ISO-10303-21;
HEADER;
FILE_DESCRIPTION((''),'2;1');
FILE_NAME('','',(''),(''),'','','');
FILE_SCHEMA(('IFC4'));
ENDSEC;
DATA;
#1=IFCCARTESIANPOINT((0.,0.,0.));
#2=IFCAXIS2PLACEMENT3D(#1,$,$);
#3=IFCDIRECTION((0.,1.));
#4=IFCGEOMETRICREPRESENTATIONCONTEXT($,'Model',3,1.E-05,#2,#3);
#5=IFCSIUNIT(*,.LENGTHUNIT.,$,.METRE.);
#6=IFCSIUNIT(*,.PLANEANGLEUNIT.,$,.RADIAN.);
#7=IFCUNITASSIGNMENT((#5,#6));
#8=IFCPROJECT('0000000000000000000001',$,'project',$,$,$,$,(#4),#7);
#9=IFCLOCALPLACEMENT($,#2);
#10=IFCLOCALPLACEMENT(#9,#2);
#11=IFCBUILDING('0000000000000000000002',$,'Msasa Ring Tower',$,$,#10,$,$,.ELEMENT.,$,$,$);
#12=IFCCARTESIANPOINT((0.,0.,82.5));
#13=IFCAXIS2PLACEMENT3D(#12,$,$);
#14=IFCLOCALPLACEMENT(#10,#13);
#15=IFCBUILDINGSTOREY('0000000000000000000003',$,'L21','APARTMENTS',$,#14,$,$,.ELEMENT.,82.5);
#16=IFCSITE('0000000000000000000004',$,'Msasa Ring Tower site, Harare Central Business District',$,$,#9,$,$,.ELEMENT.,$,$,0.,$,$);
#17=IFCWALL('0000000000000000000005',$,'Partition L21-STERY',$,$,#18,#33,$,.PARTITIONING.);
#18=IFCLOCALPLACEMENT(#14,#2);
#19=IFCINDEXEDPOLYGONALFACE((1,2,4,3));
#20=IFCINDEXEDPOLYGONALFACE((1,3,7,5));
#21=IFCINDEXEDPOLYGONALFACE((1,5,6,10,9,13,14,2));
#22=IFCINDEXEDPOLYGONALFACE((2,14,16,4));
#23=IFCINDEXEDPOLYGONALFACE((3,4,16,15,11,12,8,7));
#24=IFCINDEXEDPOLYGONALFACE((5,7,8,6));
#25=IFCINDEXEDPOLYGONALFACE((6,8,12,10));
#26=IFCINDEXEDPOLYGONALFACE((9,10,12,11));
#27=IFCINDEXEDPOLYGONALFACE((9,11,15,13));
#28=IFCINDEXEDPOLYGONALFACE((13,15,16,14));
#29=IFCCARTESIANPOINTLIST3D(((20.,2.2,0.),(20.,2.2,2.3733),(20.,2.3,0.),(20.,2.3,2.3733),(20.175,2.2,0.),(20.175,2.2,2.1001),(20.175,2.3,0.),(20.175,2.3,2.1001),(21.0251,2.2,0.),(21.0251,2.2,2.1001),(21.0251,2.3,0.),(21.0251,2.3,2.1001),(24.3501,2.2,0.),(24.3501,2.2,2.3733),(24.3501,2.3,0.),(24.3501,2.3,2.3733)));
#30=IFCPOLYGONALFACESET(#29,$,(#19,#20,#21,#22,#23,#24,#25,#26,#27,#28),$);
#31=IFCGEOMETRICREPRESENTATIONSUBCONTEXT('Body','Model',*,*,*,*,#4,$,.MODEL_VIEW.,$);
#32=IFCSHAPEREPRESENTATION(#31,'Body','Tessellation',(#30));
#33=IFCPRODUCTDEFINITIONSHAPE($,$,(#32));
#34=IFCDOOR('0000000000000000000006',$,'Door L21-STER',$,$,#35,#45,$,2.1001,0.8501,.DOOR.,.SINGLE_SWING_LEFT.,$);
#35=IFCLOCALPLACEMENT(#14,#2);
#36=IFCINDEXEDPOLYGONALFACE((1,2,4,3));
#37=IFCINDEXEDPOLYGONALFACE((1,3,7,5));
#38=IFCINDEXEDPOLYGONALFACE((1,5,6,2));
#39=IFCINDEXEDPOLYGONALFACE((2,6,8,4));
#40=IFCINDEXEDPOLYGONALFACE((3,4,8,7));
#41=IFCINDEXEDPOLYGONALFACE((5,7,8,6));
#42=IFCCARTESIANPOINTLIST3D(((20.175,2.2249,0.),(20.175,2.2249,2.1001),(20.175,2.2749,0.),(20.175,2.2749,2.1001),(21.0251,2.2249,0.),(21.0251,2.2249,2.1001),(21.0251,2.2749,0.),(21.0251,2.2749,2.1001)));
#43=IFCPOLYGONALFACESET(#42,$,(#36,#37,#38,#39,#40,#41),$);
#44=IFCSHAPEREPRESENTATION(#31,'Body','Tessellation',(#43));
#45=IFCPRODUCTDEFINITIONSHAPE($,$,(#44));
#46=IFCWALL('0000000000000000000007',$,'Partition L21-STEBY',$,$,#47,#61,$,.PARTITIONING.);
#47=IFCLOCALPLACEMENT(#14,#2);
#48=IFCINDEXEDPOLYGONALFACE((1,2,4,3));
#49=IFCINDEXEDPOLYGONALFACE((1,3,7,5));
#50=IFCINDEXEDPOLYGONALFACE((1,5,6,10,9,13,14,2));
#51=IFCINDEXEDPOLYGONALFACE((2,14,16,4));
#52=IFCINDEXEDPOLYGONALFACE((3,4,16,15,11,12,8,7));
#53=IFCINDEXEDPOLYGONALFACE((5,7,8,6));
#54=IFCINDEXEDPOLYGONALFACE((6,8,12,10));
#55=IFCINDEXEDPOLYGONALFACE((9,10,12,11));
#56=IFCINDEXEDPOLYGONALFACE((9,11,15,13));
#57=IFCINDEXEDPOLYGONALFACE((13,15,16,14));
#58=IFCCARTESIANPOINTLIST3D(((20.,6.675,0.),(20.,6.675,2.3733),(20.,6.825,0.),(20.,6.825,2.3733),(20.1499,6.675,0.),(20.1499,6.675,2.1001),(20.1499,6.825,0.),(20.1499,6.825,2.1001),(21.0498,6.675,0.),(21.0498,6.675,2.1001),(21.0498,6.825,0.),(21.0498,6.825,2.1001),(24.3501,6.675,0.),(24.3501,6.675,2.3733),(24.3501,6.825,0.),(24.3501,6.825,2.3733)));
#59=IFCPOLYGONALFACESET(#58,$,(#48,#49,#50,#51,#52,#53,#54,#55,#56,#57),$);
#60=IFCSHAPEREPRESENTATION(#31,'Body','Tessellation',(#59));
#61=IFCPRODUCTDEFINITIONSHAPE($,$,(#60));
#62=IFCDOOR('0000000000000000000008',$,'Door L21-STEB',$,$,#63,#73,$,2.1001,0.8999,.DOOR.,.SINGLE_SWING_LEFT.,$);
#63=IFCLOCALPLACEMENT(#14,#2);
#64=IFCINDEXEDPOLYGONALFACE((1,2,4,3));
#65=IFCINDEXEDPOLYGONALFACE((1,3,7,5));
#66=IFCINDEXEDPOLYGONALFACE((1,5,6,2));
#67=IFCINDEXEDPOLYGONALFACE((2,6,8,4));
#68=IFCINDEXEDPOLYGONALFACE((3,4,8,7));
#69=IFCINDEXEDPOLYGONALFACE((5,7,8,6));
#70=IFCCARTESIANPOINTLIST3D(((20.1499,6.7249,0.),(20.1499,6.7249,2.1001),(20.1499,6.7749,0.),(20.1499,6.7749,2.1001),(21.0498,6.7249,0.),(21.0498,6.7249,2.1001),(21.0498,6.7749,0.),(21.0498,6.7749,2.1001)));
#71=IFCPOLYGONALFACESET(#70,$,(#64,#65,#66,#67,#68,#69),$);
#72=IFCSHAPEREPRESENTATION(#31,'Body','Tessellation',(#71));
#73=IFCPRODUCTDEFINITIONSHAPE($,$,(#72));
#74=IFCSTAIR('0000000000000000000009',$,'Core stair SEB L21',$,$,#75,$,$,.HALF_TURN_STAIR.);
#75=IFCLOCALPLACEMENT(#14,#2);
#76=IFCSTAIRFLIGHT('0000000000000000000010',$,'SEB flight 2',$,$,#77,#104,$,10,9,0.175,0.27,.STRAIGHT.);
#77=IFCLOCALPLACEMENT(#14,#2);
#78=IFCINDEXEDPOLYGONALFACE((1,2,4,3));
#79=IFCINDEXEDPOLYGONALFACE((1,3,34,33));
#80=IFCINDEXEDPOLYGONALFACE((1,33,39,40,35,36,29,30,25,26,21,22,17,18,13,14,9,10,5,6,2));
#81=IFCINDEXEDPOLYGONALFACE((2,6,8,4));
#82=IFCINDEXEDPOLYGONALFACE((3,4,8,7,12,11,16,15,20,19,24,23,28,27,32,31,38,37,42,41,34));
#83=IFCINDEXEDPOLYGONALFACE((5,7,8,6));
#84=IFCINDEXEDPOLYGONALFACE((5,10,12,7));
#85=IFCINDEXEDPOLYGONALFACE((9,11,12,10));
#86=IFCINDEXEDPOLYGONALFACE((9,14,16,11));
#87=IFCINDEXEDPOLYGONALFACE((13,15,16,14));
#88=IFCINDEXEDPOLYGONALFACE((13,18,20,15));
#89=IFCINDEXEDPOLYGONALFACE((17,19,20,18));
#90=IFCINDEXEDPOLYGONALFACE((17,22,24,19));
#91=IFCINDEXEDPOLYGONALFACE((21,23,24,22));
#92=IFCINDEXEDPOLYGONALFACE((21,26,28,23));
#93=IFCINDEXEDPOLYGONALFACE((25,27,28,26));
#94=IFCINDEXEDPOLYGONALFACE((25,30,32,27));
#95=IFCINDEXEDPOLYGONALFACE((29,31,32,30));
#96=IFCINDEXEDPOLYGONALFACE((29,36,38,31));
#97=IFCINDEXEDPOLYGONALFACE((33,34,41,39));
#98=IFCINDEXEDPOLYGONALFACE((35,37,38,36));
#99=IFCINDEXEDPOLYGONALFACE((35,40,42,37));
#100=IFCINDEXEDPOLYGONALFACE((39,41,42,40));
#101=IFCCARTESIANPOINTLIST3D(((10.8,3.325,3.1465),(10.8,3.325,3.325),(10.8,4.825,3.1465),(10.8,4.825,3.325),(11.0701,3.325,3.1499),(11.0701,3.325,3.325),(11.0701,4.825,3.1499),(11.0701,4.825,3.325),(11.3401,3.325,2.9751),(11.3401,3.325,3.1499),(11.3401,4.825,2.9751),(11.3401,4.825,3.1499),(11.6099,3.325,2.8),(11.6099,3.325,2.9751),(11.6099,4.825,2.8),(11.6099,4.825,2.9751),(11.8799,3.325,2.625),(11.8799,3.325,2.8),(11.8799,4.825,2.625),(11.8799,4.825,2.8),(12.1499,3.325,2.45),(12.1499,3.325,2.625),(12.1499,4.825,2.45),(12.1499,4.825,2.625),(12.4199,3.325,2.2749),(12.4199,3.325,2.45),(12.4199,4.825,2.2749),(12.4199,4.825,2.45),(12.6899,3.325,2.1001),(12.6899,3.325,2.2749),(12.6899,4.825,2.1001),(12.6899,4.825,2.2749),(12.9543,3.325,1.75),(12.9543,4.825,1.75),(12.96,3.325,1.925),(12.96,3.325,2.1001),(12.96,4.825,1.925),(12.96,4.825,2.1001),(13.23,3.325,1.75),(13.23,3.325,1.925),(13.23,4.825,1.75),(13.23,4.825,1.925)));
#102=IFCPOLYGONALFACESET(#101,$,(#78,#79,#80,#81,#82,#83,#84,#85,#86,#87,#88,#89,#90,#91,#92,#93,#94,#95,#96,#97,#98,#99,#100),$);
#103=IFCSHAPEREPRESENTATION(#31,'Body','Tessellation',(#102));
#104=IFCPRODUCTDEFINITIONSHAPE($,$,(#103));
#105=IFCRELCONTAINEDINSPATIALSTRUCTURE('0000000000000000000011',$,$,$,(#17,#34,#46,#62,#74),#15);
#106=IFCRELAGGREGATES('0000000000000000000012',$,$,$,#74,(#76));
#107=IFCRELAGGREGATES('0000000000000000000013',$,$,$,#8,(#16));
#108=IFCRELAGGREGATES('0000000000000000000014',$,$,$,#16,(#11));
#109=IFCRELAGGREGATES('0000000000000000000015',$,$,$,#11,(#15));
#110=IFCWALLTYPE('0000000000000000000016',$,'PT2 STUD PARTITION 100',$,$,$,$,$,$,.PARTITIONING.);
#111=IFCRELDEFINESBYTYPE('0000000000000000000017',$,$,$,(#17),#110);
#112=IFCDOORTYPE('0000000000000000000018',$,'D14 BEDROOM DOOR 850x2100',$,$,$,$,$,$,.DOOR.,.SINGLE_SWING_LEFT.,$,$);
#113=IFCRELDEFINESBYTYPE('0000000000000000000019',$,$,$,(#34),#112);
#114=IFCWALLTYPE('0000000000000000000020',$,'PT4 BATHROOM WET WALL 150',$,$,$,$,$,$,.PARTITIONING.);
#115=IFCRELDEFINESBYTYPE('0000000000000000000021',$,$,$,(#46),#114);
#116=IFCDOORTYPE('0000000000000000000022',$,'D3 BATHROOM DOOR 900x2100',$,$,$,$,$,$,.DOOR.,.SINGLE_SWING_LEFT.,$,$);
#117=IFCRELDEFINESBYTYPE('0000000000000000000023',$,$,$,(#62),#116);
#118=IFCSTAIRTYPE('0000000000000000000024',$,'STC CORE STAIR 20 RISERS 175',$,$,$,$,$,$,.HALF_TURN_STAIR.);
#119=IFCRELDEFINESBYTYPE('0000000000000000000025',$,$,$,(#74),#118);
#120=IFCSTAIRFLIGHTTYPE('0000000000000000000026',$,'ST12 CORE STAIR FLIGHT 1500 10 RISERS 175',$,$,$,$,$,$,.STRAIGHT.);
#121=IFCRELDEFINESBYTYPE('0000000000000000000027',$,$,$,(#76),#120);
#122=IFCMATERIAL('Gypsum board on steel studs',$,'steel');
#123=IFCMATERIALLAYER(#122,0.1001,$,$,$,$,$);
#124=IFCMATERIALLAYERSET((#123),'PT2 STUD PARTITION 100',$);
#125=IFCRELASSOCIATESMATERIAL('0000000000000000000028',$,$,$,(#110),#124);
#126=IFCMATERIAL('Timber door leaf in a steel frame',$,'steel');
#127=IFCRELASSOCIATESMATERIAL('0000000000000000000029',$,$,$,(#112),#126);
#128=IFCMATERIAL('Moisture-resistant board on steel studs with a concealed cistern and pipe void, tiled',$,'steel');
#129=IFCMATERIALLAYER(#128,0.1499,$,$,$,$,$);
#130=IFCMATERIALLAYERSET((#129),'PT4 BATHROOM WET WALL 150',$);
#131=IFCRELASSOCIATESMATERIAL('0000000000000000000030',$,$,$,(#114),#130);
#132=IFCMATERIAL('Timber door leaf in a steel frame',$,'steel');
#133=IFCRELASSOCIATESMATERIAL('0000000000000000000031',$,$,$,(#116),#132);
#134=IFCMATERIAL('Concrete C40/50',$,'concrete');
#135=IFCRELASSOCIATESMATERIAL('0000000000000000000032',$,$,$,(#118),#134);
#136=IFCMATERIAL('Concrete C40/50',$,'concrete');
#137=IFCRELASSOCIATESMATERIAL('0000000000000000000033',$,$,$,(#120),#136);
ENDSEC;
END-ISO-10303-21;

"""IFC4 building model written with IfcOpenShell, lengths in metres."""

from ifc_helpers import new_model, si_unit, direction, frame, frame_2d, origin, place, context, subcontext, project, spatial, polyline, rectangle, outline, extrude, material, layer, layer_set, type_object, element, fill, aggregate, save


model = new_model("IFC4")

# Units and contexts
model_context = context("Model", 3, precision=1e-05, world=origin(), true_north=direction((0.0, 1.0)))
body_context = subcontext(model_context, "Body", "Model", "MODEL_VIEW")
ifc_project = project(units=[si_unit("LENGTHUNIT", "METRE"), si_unit("PLANEANGLEUNIT", "RADIAN")], contexts=[model_context])

# Site, building, storey
site_placement = place(None, origin())
site = spatial("IfcSite", under=ifc_project, at=site_placement, Name="Msasa Ring Tower site, Harare Central Business District", CompositionType="ELEMENT", RefElevation=0.0)
building_placement = place(site_placement, origin())
building = spatial("IfcBuilding", under=site, at=building_placement, Name="Msasa Ring Tower", CompositionType="ELEMENT")
storey_placement = place(building_placement, frame((0.0, 0.0, 82.5)))
storey = spatial("IfcBuildingStorey", under=building, at=storey_placement, Name="L21", Description="APARTMENTS", CompositionType="ELEMENT", Elevation=82.5)

# Walls, openings, doors
ifc_material_1 = material(Name="Gypsum board on steel studs", Category="steel")
ifc_layer_1 = layer(ifc_material_1, 0.1001)
ifc_layer_set_1 = layer_set([ifc_layer_1], Name="PT2 STUD PARTITION 100")
wall_type_1 = type_object("IfcWallType", Name="PT2 STUD PARTITION 100", PredefinedType="PARTITIONING", material=ifc_layer_set_1)
wall_1_placement = place(storey_placement, frame((20.0, 2.25, 0.0), z_axis=(0.0, 0.0, 1.0), x_axis=(1.0, 0.0, 0.0)))
wall_1 = element("IfcWall", 1, at=wall_1_placement, inside=storey, type_object=wall_type_1, Name="Partition L21-STERY", PredefinedType="PARTITIONING", context=body_context, shape_type="SweptSolid", body=[
    extrude(rectangle(XDim=4.3501, YDim=0.1001, at=frame_2d((2.175, 0.0))), origin(), (0.0, 0.0, 1.0), 2.3733),
])
opening_1_placement = place(wall_1_placement, frame((0.175, 0.0, 0.0)))
opening_1 = element("IfcOpeningElement", 2, at=opening_1_placement, cuts=wall_1, PredefinedType="OPENING", context=body_context, shape_type="SweptSolid", body=[
    extrude(rectangle(XDim=0.8501, YDim=2.1001, at=frame_2d((0.425, 1.05))), frame((0.0, 0.0601, 0.0), z_axis=(0.0, -1.0, 0.0), x_axis=(1.0, 0.0, 0.0)), (0.0, 0.0, 1.0), 0.1201),
])
ifc_material_2 = material(Name="Timber door leaf in a steel frame", Category="steel")
door_type_1 = type_object("IfcDoorType", Name="D14 BEDROOM DOOR 850x2100", OperationType="SINGLE_SWING_LEFT", PredefinedType="DOOR", material=ifc_material_2)
door_1_placement = place(opening_1_placement, origin())
door_1 = element("IfcDoor", 3, at=door_1_placement, inside=storey, type_object=door_type_1, Name="Door L21-STER", OperationType="SINGLE_SWING_LEFT", OverallHeight=2.1001, OverallWidth=0.8501, PredefinedType="DOOR", context=body_context, shape_type="SweptSolid", body=[
    extrude(rectangle(XDim=0.8501, YDim=2.1001, at=frame_2d((0.425, 1.05))), frame((0.0, 0.0249, 0.0), z_axis=(0.0, -1.0, 0.0), x_axis=(1.0, 0.0, 0.0)), (0.0, 0.0, 1.0), 0.05),
])
fill(opening_1, door_1)
ifc_material_3 = material(Name="Moisture-resistant board on steel studs with a concealed cistern and pipe void, tiled", Category="steel")
ifc_layer_2 = layer(ifc_material_3, 0.1499)
ifc_layer_set_2 = layer_set([ifc_layer_2], Name="PT4 BATHROOM WET WALL 150")
wall_type_2 = type_object("IfcWallType", Name="PT4 BATHROOM WET WALL 150", PredefinedType="PARTITIONING", material=ifc_layer_set_2)
wall_2_placement = place(storey_placement, frame((20.0, 6.75, 0.0), z_axis=(0.0, 0.0, 1.0), x_axis=(1.0, 0.0, 0.0)))
wall_2 = element("IfcWall", 4, at=wall_2_placement, inside=storey, type_object=wall_type_2, Name="Partition L21-STEBY", PredefinedType="PARTITIONING", context=body_context, shape_type="SweptSolid", body=[
    extrude(rectangle(XDim=4.3501, YDim=0.1499, at=frame_2d((2.175, 0.0))), origin(), (0.0, 0.0, 1.0), 2.3733),
])
opening_2_placement = place(wall_2_placement, frame((0.1499, 0.0, 0.0)))
opening_2 = element("IfcOpeningElement", 5, at=opening_2_placement, cuts=wall_2, PredefinedType="OPENING", context=body_context, shape_type="SweptSolid", body=[
    extrude(rectangle(XDim=0.8999, YDim=2.1001, at=frame_2d((0.45, 1.05))), frame((0.0, 0.085, 0.0), z_axis=(0.0, -1.0, 0.0), x_axis=(1.0, 0.0, 0.0)), (0.0, 0.0, 1.0), 0.1699),
])
ifc_material_4 = material(Name="Timber door leaf in a steel frame", Category="steel")
door_type_2 = type_object("IfcDoorType", Name="D3 BATHROOM DOOR 900x2100", OperationType="SINGLE_SWING_LEFT", PredefinedType="DOOR", material=ifc_material_4)
door_2_placement = place(opening_2_placement, origin())
door_2 = element("IfcDoor", 6, at=door_2_placement, inside=storey, type_object=door_type_2, Name="Door L21-STEB", OperationType="SINGLE_SWING_LEFT", OverallHeight=2.1001, OverallWidth=0.8999, PredefinedType="DOOR", context=body_context, shape_type="SweptSolid", body=[
    extrude(rectangle(XDim=0.8999, YDim=2.1001, at=frame_2d((0.45, 1.05))), frame((0.0, 0.0249, 0.0), z_axis=(0.0, -1.0, 0.0), x_axis=(1.0, 0.0, 0.0)), (0.0, 0.0, 1.0), 0.05),
])
fill(opening_2, door_2)

# Stair, stair flight
ifc_material_5 = material(Name="Concrete C40/50", Category="concrete")
stair_type = type_object("IfcStairType", Name="STC CORE STAIR 20 RISERS 175", PredefinedType="HALF_TURN_STAIR", material=ifc_material_5)
stair_placement = place(storey_placement, origin())
stair = element("IfcStair", 7, at=stair_placement, inside=storey, type_object=stair_type, Name="Core stair SEB L21", PredefinedType="HALF_TURN_STAIR")
ifc_material_6 = material(Name="Concrete C40/50", Category="concrete")
stair_flight_type = type_object("IfcStairFlightType", Name="ST12 CORE STAIR FLIGHT 1500 10 RISERS 175", PredefinedType="STRAIGHT", material=ifc_material_6)
stair_flight_placement = place(storey_placement, frame((13.23, 4.075, 1.75), z_axis=(0.0, 0.0, 1.0), x_axis=(-1.0, 0.0, 0.0)))
stair_flight = element("IfcStairFlight", 8, at=stair_flight_placement, type_object=stair_flight_type, Name="SEB flight 2", NumberOfRisers=10, NumberOfTreads=9, PredefinedType="STRAIGHT", RiserHeight=0.175, TreadLength=0.27, context=body_context, shape_type="SweptSolid", body=[
    extrude(outline(polyline([(0.0, 0.0), (0.0, 0.175), (0.27, 0.175), (0.27, 0.3501), (0.54, 0.3501), (0.54, 0.5249), (0.8101, 0.5249), (0.8101, 0.7), (1.0801, 0.7), (1.0801, 0.875), (1.3501, 0.875), (1.3501, 1.05), (1.6201, 1.05), (1.6201, 1.2251), (1.8899, 1.2251), (1.8899, 1.3999), (2.1599, 1.3999), (2.1599, 1.575), (2.4299, 1.575), (2.4299, 1.75), (2.4299, 1.3965), (0.2756, 0.0), (0.0, 0.0)])), frame((0.0, 0.75, 0.0), z_axis=(0.0, -1.0, 0.0), x_axis=(1.0, 0.0, 0.0)), (0.0, 0.0, 1.0), 1.5),
])
aggregate(stair, [stair_flight])

save(model, "model.ifc")
